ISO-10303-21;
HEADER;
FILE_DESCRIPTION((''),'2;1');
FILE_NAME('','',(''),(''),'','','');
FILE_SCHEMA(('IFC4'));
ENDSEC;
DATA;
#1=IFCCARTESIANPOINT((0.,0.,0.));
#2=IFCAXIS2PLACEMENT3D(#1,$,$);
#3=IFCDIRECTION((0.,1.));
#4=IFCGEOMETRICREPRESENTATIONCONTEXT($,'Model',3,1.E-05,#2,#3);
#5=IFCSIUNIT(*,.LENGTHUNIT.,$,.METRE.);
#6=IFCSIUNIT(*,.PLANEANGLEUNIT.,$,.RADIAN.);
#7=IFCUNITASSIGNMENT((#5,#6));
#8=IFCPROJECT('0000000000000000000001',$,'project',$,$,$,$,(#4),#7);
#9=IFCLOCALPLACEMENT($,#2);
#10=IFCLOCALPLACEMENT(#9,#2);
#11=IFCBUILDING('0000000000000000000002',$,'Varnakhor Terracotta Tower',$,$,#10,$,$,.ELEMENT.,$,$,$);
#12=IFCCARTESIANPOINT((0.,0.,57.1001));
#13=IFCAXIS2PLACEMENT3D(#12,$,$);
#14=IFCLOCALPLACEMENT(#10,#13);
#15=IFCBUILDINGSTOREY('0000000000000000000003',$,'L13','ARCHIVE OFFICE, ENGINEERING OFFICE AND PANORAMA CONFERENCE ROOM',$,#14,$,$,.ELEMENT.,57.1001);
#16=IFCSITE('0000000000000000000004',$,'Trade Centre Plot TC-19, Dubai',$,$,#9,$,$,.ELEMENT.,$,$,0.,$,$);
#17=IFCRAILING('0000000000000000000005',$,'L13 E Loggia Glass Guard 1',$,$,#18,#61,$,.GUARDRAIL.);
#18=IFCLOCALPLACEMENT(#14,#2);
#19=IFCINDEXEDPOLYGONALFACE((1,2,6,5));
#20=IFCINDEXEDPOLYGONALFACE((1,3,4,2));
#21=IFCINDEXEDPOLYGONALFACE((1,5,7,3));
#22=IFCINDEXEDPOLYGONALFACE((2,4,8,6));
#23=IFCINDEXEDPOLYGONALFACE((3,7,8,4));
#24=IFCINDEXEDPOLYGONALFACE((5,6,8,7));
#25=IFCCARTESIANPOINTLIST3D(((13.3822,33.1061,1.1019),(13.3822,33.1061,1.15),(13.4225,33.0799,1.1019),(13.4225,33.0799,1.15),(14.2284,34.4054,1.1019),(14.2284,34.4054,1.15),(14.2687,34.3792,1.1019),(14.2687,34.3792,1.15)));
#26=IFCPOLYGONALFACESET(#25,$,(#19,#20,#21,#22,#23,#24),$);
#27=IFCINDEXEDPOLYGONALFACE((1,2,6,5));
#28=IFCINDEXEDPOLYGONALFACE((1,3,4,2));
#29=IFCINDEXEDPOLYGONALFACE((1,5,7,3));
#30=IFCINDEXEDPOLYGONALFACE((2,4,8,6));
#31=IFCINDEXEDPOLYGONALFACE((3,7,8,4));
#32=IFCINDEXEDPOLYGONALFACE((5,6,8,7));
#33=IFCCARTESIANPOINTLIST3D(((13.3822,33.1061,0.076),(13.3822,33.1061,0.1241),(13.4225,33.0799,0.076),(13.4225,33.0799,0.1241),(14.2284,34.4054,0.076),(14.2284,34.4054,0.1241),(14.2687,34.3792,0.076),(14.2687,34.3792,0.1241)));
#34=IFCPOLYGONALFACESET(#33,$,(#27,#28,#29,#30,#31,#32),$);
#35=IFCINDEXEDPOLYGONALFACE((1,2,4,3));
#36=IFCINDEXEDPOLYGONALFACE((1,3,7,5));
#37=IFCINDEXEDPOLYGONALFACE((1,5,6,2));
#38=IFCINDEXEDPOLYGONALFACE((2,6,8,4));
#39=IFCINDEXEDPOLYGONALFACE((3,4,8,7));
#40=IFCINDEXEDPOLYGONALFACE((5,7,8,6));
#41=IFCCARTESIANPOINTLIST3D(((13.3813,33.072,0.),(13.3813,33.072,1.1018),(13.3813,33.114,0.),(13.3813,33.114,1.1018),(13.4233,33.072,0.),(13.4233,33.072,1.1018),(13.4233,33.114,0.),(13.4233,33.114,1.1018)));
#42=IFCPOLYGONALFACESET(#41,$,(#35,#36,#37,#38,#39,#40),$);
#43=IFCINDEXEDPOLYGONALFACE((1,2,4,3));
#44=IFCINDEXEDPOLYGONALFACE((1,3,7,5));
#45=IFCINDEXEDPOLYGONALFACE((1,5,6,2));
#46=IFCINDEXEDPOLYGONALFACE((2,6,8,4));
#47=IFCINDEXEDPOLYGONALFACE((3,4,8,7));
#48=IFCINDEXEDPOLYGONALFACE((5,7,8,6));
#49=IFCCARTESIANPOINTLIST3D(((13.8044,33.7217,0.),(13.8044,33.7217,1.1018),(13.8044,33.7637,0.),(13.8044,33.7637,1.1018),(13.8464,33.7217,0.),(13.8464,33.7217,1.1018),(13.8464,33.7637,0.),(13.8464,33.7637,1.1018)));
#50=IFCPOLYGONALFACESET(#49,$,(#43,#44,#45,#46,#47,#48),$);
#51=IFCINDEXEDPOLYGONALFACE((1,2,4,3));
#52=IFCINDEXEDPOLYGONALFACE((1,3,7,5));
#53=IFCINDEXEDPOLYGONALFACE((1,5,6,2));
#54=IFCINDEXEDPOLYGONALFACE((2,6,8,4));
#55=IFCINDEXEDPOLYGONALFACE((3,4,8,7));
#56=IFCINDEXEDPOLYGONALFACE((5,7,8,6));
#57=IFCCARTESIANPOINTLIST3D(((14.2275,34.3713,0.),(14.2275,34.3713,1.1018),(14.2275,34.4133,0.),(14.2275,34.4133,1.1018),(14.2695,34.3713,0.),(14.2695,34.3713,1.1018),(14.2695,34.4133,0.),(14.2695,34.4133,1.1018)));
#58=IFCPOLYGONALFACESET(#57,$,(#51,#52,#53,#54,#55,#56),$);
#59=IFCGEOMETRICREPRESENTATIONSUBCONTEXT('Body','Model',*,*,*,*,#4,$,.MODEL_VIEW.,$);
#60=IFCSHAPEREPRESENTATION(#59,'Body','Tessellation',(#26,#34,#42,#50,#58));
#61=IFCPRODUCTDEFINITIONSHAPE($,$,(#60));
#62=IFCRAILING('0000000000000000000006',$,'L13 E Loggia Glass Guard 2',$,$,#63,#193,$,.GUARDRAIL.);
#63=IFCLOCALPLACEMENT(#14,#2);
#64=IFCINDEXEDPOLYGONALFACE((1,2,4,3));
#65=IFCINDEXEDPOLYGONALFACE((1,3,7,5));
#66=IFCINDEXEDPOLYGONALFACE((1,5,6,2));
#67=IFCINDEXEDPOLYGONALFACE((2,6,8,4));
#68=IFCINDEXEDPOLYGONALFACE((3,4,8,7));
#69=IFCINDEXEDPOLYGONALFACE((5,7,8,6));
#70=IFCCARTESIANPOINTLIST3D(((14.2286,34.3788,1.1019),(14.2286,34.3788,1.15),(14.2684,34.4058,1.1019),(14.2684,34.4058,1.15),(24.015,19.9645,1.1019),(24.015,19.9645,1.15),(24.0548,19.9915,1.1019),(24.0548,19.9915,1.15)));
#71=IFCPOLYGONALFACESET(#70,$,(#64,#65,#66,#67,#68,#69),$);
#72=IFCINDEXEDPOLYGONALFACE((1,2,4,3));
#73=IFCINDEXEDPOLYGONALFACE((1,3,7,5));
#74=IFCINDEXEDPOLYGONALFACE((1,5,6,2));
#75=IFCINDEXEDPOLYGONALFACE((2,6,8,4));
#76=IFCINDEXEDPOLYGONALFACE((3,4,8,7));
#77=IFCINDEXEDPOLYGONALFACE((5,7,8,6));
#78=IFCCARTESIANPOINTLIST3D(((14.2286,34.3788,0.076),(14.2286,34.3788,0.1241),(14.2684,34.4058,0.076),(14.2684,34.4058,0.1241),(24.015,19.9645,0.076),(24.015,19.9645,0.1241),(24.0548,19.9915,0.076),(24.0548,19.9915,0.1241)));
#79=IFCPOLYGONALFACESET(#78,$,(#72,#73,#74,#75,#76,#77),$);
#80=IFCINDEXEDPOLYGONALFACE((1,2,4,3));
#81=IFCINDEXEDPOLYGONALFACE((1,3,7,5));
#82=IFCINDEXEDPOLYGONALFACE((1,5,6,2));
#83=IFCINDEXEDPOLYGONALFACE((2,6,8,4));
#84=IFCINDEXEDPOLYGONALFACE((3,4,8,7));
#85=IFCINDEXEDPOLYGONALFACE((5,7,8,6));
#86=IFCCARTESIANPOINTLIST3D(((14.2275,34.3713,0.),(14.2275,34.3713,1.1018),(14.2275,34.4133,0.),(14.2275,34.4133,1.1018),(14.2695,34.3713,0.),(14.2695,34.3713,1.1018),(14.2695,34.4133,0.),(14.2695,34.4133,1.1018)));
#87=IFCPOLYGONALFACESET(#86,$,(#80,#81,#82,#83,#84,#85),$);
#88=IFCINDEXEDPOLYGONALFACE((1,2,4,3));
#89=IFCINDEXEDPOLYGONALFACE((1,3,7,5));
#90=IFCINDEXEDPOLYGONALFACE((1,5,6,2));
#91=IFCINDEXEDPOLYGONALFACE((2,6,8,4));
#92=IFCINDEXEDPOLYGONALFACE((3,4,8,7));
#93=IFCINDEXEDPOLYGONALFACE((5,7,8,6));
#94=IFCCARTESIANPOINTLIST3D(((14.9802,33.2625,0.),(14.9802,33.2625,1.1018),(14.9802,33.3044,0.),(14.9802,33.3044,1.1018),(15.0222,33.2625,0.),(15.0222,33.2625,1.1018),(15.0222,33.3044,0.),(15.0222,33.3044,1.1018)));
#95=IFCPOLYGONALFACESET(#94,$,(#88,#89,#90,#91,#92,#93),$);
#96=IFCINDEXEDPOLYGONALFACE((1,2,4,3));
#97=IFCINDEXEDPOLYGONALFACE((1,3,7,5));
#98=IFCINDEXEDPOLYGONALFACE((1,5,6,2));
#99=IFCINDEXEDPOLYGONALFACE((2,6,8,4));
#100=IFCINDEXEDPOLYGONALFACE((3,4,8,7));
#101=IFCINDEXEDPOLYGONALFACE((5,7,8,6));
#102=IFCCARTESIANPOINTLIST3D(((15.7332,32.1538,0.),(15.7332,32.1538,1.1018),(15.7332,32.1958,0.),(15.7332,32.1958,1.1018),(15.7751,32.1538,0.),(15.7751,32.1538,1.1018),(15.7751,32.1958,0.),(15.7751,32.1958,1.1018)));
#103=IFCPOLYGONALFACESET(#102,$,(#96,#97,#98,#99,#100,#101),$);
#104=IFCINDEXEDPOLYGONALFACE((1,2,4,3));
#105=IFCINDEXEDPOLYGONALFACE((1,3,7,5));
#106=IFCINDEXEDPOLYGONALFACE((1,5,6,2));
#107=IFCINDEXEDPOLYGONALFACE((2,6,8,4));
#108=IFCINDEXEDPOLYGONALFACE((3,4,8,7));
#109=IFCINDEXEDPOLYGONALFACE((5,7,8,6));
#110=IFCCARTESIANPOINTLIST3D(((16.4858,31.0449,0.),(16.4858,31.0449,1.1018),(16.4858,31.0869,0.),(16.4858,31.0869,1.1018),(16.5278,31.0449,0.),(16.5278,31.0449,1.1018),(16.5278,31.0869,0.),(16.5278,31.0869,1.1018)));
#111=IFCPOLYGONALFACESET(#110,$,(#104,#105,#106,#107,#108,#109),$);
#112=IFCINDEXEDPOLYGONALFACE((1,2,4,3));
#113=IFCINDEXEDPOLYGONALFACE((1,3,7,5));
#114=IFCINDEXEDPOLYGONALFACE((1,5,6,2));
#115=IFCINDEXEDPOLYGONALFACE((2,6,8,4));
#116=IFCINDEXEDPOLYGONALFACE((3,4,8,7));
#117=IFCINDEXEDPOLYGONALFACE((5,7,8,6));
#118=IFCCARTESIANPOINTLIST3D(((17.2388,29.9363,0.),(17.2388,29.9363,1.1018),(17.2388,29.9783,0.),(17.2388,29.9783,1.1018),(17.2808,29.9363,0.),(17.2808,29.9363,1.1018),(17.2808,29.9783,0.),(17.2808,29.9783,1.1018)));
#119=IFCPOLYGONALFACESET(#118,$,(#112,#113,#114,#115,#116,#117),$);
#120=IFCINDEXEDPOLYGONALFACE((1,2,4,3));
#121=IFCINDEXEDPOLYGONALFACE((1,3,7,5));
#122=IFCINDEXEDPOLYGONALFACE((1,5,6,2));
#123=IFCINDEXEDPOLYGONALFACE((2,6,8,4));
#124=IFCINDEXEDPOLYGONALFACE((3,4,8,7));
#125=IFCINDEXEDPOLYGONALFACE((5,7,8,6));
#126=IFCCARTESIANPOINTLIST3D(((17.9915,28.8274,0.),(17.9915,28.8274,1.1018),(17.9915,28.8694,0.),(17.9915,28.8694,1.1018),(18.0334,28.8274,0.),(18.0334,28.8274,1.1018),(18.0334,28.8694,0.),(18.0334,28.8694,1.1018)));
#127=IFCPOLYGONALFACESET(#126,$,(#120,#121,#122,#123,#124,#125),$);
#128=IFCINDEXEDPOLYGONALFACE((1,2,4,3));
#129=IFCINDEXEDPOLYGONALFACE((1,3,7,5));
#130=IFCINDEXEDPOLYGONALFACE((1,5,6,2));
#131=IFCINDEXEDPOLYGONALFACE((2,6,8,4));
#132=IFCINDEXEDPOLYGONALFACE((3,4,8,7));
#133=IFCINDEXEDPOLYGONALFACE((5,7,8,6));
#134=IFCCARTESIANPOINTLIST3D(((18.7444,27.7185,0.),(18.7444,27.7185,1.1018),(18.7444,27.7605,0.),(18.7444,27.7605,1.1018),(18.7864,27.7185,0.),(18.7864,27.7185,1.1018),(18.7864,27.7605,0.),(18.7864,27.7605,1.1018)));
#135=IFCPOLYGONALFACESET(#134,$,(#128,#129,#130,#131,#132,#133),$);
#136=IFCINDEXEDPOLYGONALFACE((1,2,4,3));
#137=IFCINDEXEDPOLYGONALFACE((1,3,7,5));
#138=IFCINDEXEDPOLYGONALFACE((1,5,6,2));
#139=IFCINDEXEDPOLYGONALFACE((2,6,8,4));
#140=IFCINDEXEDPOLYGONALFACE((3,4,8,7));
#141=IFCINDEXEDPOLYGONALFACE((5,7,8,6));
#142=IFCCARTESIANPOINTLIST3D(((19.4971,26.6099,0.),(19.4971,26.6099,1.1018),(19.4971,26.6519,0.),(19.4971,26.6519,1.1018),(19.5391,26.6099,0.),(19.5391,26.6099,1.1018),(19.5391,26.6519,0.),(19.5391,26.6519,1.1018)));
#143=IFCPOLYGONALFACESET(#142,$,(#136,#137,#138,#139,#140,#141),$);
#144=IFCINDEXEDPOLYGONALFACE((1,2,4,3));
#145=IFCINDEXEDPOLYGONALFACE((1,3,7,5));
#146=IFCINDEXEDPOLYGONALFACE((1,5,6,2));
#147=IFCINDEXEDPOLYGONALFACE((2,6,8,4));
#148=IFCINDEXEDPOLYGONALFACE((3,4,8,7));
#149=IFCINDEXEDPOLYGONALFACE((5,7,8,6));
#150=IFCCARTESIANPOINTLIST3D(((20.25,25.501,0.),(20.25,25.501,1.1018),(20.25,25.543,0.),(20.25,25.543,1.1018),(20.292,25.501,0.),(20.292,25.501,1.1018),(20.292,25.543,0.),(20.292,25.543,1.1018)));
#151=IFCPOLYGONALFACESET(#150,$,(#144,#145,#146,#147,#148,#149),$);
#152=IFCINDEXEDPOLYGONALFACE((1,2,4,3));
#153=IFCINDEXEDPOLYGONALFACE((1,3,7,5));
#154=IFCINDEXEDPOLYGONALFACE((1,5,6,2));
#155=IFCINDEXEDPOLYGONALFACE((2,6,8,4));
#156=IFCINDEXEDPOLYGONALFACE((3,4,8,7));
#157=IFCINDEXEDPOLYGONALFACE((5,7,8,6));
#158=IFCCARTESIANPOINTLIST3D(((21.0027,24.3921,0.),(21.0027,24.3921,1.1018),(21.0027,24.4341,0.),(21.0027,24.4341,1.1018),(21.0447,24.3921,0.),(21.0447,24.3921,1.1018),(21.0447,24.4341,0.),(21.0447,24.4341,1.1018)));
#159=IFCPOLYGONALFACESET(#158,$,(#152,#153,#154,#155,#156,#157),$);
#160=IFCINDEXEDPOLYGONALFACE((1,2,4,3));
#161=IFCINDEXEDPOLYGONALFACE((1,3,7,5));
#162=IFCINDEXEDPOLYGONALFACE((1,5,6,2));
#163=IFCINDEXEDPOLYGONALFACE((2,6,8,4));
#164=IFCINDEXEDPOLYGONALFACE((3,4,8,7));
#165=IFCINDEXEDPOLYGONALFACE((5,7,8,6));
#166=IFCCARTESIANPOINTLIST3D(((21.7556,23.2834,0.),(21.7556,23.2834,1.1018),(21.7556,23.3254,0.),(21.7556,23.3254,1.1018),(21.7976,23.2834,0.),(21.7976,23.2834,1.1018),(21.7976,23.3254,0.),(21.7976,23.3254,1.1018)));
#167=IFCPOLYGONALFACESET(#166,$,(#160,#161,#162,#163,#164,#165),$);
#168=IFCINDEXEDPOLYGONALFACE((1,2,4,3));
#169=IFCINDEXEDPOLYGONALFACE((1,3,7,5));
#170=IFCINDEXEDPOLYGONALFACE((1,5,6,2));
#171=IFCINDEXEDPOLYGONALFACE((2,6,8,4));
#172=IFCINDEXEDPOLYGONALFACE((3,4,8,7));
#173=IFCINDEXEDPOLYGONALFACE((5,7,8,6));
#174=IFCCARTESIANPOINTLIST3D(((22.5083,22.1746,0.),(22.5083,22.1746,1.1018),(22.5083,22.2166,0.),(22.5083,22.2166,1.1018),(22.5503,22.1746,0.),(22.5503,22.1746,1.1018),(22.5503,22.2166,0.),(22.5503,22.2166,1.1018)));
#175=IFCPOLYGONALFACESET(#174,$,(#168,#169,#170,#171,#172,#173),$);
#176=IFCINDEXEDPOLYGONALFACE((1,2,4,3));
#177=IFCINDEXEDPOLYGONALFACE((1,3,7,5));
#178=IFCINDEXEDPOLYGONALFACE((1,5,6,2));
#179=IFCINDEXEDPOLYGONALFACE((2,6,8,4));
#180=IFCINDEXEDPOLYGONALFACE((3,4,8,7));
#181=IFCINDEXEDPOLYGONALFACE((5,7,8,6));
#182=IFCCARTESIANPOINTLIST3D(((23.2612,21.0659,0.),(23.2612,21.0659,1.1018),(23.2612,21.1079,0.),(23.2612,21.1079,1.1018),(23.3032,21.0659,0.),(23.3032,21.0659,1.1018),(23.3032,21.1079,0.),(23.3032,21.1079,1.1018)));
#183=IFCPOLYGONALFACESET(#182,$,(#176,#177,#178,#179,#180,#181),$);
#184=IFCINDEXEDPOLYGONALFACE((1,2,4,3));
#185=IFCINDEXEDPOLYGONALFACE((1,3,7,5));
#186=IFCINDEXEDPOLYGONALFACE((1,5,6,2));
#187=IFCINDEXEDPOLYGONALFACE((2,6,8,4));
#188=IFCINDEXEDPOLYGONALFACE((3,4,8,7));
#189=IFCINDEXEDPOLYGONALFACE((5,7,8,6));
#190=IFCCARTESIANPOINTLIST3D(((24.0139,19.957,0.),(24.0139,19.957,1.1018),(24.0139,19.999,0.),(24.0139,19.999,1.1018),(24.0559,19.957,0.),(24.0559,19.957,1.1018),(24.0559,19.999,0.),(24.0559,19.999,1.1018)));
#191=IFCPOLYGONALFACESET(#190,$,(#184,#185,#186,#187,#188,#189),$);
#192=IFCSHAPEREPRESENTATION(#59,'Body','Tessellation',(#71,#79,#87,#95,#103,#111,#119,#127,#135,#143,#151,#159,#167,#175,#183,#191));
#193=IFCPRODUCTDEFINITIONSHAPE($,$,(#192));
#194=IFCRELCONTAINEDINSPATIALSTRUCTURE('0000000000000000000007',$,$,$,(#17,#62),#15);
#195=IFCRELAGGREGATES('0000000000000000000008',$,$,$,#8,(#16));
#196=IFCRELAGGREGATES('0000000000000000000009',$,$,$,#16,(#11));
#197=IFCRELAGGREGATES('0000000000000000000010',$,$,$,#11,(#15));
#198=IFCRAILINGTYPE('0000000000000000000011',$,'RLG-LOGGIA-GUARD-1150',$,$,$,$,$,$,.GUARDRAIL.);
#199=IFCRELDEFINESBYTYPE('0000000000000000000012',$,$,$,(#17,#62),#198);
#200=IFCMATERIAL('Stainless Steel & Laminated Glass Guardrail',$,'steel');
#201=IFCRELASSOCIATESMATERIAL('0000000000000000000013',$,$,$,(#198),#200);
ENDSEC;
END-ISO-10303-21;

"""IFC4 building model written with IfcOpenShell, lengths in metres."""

from ifc_helpers import new_model, si_unit, direction, frame, origin, origin_2d, place, context, subcontext, project, spatial, rectangle, extrude, material, type_object, element, save


model = new_model("IFC4")

# Units and contexts
model_context = context("Model", 3, precision=1e-05, world=origin(), true_north=direction((0.0, 1.0)))
body_context = subcontext(model_context, "Body", "Model", "MODEL_VIEW")
ifc_project = project(units=[si_unit("LENGTHUNIT", "METRE"), si_unit("PLANEANGLEUNIT", "RADIAN")], contexts=[model_context])

# Site, building, storey
site_placement = place(None, origin())
site = spatial("IfcSite", under=ifc_project, at=site_placement, Name="Trade Centre Plot TC-19, Dubai", CompositionType="ELEMENT", RefElevation=0.0)
building_placement = place(site_placement, origin())
building = spatial("IfcBuilding", under=site, at=building_placement, Name="Varnakhor Terracotta Tower", CompositionType="ELEMENT")
storey_placement = place(building_placement, frame((0.0, 0.0, 57.1001)))
storey = spatial("IfcBuildingStorey", under=building, at=storey_placement, Name="L13", Description="ARCHIVE OFFICE, ENGINEERING OFFICE AND PANORAMA CONFERENCE ROOM", CompositionType="ELEMENT", Elevation=57.1001)

# Railings
ifc_material_1 = material(Name="Stainless Steel & Laminated Glass Guardrail", Category="steel")
railing_type = type_object("IfcRailingType", Name="RLG-LOGGIA-GUARD-1150", PredefinedType="GUARDRAIL", material=ifc_material_1)
railing_1_placement = place(storey_placement, frame((13.4023, 33.093, 0.0)))
element("IfcRailing", 1, at=railing_1_placement, inside=storey, type_object=railing_type, Name="L13 E Loggia Glass Guard 1", PredefinedType="GUARDRAIL", context=body_context, shape_type="SweptSolid", body=[
    extrude(rectangle(XDim=0.0481, YDim=0.0481, at=origin_2d()), frame((0.0, 0.0, 1.126), z_axis=(0.54573, 0.837961, 0.0), x_axis=(-0.837961, 0.54573, 0.0)), (0.0, 0.0, 1.0), 1.5505),
    extrude(rectangle(XDim=0.0481, YDim=0.0481, at=origin_2d()), frame((0.0, 0.0, 0.1001), z_axis=(0.54573, 0.837961, 0.0), x_axis=(-0.837961, 0.54573, 0.0)), (0.0, 0.0, 1.0), 1.5505),
    extrude(rectangle(XDim=0.042, YDim=0.042, at=origin_2d()), origin(), (0.0, 0.0, 1.0), 1.1018),
    extrude(rectangle(XDim=0.042, YDim=0.042, at=origin_2d()), frame((0.4231, 0.6497, 0.0)), (0.0, 0.0, 1.0), 1.1018),
    extrude(rectangle(XDim=0.042, YDim=0.042, at=origin_2d()), frame((0.8462, 1.2993, 0.0)), (0.0, 0.0, 1.0), 1.1018),
])
railing_2_placement = place(storey_placement, frame((14.2485, 34.3923, 0.0)))
element("IfcRailing", 2, at=railing_2_placement, inside=storey, type_object=railing_type, Name="L13 E Loggia Glass Guard 2", PredefinedType="GUARDRAIL", context=body_context, shape_type="SweptSolid", body=[
    extrude(rectangle(XDim=0.0481, YDim=0.0481, at=origin_2d()), frame((0.0, 0.0, 1.126), z_axis=(0.561707, -0.827336, 0.0), x_axis=(0.827336, 0.561707, 0.0)), (0.0, 0.0, 1.0), 17.4226),
    extrude(rectangle(XDim=0.0481, YDim=0.0481, at=origin_2d()), frame((0.0, 0.0, 0.1001), z_axis=(0.561707, -0.827336, 0.0), x_axis=(0.827336, 0.561707, 0.0)), (0.0, 0.0, 1.0), 17.4226),
    extrude(rectangle(XDim=0.042, YDim=0.042, at=origin_2d()), origin(), (0.0, 0.0, 1.0), 1.1018),
    extrude(rectangle(XDim=0.042, YDim=0.042, at=origin_2d()), frame((0.7527, -1.1089, 0.0)), (0.0, 0.0, 1.0), 1.1018),
    extrude(rectangle(XDim=0.042, YDim=0.042, at=origin_2d()), frame((1.5056, -2.2175, 0.0)), (0.0, 0.0, 1.0), 1.1018),
    extrude(rectangle(XDim=0.042, YDim=0.042, at=origin_2d()), frame((2.2583, -3.3264, 0.0)), (0.0, 0.0, 1.0), 1.1018),
    extrude(rectangle(XDim=0.042, YDim=0.042, at=origin_2d()), frame((3.0112, -4.4351, 0.0)), (0.0, 0.0, 1.0), 1.1018),
    extrude(rectangle(XDim=0.042, YDim=0.042, at=origin_2d()), frame((3.7639, -5.5439, 0.0)), (0.0, 0.0, 1.0), 1.1018),
    extrude(rectangle(XDim=0.042, YDim=0.042, at=origin_2d()), frame((4.5168, -6.6528, 0.0)), (0.0, 0.0, 1.0), 1.1018),
    extrude(rectangle(XDim=0.042, YDim=0.042, at=origin_2d()), frame((5.2695, -7.7615, 0.0)), (0.0, 0.0, 1.0), 1.1018),
    extrude(rectangle(XDim=0.042, YDim=0.042, at=origin_2d()), frame((6.0225, -8.8704, 0.0)), (0.0, 0.0, 1.0), 1.1018),
    extrude(rectangle(XDim=0.042, YDim=0.042, at=origin_2d()), frame((6.7751, -9.9792, 0.0)), (0.0, 0.0, 1.0), 1.1018),
    extrude(rectangle(XDim=0.042, YDim=0.042, at=origin_2d()), frame((7.5281, -11.0879, 0.0)), (0.0, 0.0, 1.0), 1.1018),
    extrude(rectangle(XDim=0.042, YDim=0.042, at=origin_2d()), frame((8.2808, -12.1968, 0.0)), (0.0, 0.0, 1.0), 1.1018),
    extrude(rectangle(XDim=0.042, YDim=0.042, at=origin_2d()), frame((9.0337, -13.3054, 0.0)), (0.0, 0.0, 1.0), 1.1018),
    extrude(rectangle(XDim=0.042, YDim=0.042, at=origin_2d()), frame((9.7864, -14.4143, 0.0)), (0.0, 0.0, 1.0), 1.1018),
])

save(model, "model.ifc")
